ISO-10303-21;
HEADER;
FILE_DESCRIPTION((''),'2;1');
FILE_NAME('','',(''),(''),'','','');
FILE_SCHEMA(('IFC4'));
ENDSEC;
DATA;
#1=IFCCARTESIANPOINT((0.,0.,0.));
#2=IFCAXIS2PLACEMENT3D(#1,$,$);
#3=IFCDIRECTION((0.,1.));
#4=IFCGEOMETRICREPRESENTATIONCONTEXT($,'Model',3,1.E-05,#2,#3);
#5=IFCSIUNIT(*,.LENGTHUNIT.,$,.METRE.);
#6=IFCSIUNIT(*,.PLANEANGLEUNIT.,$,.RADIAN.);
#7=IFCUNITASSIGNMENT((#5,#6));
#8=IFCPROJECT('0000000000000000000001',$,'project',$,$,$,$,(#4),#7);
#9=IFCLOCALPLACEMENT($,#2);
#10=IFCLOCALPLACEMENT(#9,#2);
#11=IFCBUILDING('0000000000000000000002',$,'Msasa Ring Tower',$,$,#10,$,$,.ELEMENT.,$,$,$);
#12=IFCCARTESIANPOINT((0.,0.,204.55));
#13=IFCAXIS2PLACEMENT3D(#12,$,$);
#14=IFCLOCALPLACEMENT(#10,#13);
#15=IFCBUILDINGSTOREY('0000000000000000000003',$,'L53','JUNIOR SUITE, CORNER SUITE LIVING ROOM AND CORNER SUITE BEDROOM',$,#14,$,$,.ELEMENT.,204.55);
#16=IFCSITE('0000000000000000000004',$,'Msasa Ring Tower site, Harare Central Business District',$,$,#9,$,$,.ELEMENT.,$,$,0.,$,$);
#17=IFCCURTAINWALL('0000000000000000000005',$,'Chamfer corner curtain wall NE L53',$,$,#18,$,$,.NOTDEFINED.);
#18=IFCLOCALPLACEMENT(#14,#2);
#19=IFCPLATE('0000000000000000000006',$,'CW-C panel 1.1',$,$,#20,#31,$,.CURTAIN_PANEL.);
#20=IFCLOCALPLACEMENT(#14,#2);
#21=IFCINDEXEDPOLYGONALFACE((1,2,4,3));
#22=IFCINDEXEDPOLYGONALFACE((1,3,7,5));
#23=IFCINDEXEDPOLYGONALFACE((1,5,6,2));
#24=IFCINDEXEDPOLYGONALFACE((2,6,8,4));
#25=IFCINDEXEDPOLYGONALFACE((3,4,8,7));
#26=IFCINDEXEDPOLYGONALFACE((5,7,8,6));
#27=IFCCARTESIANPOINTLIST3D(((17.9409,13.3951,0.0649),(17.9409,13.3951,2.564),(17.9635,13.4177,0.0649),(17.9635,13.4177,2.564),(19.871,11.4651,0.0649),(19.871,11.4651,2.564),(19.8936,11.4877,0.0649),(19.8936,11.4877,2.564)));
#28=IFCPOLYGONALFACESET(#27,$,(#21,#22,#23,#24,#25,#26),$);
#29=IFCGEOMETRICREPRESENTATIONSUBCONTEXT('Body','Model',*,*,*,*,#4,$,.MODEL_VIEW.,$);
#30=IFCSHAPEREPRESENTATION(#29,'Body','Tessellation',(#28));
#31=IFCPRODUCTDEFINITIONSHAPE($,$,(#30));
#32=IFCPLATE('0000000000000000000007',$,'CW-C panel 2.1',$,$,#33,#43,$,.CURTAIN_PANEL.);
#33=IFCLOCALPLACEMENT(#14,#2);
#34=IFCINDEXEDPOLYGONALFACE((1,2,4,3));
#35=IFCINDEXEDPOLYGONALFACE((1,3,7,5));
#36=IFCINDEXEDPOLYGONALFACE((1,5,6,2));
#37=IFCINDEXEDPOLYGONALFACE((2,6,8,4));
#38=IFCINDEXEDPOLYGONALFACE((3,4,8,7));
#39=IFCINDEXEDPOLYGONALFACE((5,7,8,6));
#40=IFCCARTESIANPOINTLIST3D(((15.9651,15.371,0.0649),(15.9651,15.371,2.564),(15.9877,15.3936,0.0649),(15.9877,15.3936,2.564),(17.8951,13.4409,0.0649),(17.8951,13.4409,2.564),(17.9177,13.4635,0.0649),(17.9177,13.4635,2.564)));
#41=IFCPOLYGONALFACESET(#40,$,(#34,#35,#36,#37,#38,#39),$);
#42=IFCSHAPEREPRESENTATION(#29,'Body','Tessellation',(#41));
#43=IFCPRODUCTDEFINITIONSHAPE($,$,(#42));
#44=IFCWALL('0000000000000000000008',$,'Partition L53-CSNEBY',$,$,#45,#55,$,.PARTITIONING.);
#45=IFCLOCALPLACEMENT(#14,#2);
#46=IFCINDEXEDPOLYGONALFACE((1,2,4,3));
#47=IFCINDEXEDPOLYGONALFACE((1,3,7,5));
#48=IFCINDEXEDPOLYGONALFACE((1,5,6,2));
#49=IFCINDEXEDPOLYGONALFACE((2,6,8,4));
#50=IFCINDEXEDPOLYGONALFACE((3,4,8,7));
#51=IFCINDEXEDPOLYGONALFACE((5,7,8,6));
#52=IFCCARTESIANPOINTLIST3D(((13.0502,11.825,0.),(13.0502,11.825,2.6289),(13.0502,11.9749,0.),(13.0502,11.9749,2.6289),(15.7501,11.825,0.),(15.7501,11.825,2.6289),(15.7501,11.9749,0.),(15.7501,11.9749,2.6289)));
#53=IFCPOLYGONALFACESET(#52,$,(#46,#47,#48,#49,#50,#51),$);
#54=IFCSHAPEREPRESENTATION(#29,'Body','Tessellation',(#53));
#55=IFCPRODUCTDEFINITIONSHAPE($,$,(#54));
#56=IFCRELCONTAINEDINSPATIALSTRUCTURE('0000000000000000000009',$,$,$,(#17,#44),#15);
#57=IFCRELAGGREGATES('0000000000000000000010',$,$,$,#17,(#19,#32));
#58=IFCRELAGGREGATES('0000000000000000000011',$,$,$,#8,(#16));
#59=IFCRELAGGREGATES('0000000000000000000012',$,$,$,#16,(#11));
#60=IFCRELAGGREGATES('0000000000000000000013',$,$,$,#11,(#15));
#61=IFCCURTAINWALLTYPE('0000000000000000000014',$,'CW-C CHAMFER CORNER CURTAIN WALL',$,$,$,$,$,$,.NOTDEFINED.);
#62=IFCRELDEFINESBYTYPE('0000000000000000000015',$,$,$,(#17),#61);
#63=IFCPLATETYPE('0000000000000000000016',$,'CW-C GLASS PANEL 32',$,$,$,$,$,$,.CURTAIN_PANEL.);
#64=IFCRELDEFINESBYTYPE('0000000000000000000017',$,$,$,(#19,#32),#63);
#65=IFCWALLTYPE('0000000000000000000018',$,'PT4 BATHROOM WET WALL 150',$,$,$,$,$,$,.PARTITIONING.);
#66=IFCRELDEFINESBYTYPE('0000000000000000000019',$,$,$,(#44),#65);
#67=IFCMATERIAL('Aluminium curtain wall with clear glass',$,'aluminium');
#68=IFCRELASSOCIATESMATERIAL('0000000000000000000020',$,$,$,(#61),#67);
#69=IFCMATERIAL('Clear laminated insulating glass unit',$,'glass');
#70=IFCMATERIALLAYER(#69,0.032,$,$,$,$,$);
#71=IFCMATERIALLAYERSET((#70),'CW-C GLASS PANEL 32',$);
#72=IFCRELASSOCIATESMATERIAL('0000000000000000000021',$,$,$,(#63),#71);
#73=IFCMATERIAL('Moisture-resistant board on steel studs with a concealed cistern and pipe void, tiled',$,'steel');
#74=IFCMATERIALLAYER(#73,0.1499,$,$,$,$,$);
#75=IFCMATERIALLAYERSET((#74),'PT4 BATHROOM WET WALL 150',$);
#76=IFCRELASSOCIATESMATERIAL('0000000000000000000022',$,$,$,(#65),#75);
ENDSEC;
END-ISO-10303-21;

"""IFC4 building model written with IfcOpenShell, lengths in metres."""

from ifc_helpers import new_model, si_unit, direction, frame, frame_2d, origin, origin_2d, place, context, subcontext, project, spatial, rectangle, extrude, material, layer, layer_set, type_object, element, aggregate, save


model = new_model("IFC4")

# Units and contexts
model_context = context("Model", 3, precision=1e-05, world=origin(), true_north=direction((0.0, 1.0)))
body_context = subcontext(model_context, "Body", "Model", "MODEL_VIEW")
ifc_project = project(units=[si_unit("LENGTHUNIT", "METRE"), si_unit("PLANEANGLEUNIT", "RADIAN")], contexts=[model_context])

# Site, building, storey
site_placement = place(None, origin())
site = spatial("IfcSite", under=ifc_project, at=site_placement, Name="Msasa Ring Tower site, Harare Central Business District", CompositionType="ELEMENT", RefElevation=0.0)
building_placement = place(site_placement, origin())
building = spatial("IfcBuilding", under=site, at=building_placement, Name="Msasa Ring Tower", CompositionType="ELEMENT")
storey_placement = place(building_placement, frame((0.0, 0.0, 204.55)))
storey = spatial("IfcBuildingStorey", under=building, at=storey_placement, Name="L53", Description="JUNIOR SUITE, CORNER SUITE LIVING ROOM AND CORNER SUITE BEDROOM", CompositionType="ELEMENT", Elevation=204.55)

# Curtain wall
ifc_material_1 = material(Name="Aluminium curtain wall with clear glass", Category="aluminium")
curtain_wall_type = type_object("IfcCurtainWallType", Name="CW-C CHAMFER CORNER CURTAIN WALL", PredefinedType="NOTDEFINED", material=ifc_material_1)
curtain_wall_1_placement = place(storey_placement, origin())
curtain_wall_1 = element("IfcCurtainWall", 1, at=curtain_wall_1_placement, inside=storey, type_object=curtain_wall_type, Name="Chamfer corner curtain wall NE L53", PredefinedType="NOTDEFINED")

# Plates
ifc_material_2 = material(Name="Clear laminated insulating glass unit", Category="glass")
ifc_layer_1 = layer(ifc_material_2, 0.032)
ifc_layer_set_1 = layer_set([ifc_layer_1], Name="CW-C GLASS PANEL 32")
plate_type = type_object("IfcPlateType", Name="CW-C GLASS PANEL 32", PredefinedType="CURTAIN_PANEL", material=ifc_layer_set_1)
plate_1_placement = place(storey_placement, frame((18.9172, 12.4414, 0.0649), z_axis=(0.0, 0.0, 1.0), x_axis=(-0.707107, 0.707107, 0.0)))
plate_1 = element("IfcPlate", 2, at=plate_1_placement, type_object=plate_type, Name="CW-C panel 1.1", PredefinedType="CURTAIN_PANEL", context=body_context, shape_type="SweptSolid", body=[
    extrude(rectangle(XDim=2.7295, YDim=0.032, at=origin_2d()), origin(), (0.0, 0.0, 1.0), 2.499),
])
plate_2_placement = place(storey_placement, frame((16.9414, 14.4172, 0.0649), z_axis=(0.0, 0.0, 1.0), x_axis=(-0.707107, 0.707107, 0.0)))
plate_2 = element("IfcPlate", 3, at=plate_2_placement, type_object=plate_type, Name="CW-C panel 2.1", PredefinedType="CURTAIN_PANEL", context=body_context, shape_type="SweptSolid", body=[
    extrude(rectangle(XDim=2.7295, YDim=0.032, at=origin_2d()), origin(), (0.0, 0.0, 1.0), 2.499),
])
aggregate(curtain_wall_1, [plate_1, plate_2])

# Wall
ifc_material_3 = material(Name="Moisture-resistant board on steel studs with a concealed cistern and pipe void, tiled", Category="steel")
ifc_layer_2 = layer(ifc_material_3, 0.1499)
ifc_layer_set_2 = layer_set([ifc_layer_2], Name="PT4 BATHROOM WET WALL 150")
wall_type = type_object("IfcWallType", Name="PT4 BATHROOM WET WALL 150", PredefinedType="PARTITIONING", material=ifc_layer_set_2)
wall_placement = place(storey_placement, frame((13.05, 11.8999, 0.0), z_axis=(0.0, 0.0, 1.0), x_axis=(1.0, 0.0, 0.0)))
element("IfcWall", 4, at=wall_placement, inside=storey, type_object=wall_type, Name="Partition L53-CSNEBY", PredefinedType="PARTITIONING", context=body_context, shape_type="SweptSolid", body=[
    extrude(rectangle(XDim=2.7, YDim=0.1499, at=frame_2d((1.3501, 0.0))), origin(), (0.0, 0.0, 1.0), 2.6289),
])

save(model, "model.ifc")
